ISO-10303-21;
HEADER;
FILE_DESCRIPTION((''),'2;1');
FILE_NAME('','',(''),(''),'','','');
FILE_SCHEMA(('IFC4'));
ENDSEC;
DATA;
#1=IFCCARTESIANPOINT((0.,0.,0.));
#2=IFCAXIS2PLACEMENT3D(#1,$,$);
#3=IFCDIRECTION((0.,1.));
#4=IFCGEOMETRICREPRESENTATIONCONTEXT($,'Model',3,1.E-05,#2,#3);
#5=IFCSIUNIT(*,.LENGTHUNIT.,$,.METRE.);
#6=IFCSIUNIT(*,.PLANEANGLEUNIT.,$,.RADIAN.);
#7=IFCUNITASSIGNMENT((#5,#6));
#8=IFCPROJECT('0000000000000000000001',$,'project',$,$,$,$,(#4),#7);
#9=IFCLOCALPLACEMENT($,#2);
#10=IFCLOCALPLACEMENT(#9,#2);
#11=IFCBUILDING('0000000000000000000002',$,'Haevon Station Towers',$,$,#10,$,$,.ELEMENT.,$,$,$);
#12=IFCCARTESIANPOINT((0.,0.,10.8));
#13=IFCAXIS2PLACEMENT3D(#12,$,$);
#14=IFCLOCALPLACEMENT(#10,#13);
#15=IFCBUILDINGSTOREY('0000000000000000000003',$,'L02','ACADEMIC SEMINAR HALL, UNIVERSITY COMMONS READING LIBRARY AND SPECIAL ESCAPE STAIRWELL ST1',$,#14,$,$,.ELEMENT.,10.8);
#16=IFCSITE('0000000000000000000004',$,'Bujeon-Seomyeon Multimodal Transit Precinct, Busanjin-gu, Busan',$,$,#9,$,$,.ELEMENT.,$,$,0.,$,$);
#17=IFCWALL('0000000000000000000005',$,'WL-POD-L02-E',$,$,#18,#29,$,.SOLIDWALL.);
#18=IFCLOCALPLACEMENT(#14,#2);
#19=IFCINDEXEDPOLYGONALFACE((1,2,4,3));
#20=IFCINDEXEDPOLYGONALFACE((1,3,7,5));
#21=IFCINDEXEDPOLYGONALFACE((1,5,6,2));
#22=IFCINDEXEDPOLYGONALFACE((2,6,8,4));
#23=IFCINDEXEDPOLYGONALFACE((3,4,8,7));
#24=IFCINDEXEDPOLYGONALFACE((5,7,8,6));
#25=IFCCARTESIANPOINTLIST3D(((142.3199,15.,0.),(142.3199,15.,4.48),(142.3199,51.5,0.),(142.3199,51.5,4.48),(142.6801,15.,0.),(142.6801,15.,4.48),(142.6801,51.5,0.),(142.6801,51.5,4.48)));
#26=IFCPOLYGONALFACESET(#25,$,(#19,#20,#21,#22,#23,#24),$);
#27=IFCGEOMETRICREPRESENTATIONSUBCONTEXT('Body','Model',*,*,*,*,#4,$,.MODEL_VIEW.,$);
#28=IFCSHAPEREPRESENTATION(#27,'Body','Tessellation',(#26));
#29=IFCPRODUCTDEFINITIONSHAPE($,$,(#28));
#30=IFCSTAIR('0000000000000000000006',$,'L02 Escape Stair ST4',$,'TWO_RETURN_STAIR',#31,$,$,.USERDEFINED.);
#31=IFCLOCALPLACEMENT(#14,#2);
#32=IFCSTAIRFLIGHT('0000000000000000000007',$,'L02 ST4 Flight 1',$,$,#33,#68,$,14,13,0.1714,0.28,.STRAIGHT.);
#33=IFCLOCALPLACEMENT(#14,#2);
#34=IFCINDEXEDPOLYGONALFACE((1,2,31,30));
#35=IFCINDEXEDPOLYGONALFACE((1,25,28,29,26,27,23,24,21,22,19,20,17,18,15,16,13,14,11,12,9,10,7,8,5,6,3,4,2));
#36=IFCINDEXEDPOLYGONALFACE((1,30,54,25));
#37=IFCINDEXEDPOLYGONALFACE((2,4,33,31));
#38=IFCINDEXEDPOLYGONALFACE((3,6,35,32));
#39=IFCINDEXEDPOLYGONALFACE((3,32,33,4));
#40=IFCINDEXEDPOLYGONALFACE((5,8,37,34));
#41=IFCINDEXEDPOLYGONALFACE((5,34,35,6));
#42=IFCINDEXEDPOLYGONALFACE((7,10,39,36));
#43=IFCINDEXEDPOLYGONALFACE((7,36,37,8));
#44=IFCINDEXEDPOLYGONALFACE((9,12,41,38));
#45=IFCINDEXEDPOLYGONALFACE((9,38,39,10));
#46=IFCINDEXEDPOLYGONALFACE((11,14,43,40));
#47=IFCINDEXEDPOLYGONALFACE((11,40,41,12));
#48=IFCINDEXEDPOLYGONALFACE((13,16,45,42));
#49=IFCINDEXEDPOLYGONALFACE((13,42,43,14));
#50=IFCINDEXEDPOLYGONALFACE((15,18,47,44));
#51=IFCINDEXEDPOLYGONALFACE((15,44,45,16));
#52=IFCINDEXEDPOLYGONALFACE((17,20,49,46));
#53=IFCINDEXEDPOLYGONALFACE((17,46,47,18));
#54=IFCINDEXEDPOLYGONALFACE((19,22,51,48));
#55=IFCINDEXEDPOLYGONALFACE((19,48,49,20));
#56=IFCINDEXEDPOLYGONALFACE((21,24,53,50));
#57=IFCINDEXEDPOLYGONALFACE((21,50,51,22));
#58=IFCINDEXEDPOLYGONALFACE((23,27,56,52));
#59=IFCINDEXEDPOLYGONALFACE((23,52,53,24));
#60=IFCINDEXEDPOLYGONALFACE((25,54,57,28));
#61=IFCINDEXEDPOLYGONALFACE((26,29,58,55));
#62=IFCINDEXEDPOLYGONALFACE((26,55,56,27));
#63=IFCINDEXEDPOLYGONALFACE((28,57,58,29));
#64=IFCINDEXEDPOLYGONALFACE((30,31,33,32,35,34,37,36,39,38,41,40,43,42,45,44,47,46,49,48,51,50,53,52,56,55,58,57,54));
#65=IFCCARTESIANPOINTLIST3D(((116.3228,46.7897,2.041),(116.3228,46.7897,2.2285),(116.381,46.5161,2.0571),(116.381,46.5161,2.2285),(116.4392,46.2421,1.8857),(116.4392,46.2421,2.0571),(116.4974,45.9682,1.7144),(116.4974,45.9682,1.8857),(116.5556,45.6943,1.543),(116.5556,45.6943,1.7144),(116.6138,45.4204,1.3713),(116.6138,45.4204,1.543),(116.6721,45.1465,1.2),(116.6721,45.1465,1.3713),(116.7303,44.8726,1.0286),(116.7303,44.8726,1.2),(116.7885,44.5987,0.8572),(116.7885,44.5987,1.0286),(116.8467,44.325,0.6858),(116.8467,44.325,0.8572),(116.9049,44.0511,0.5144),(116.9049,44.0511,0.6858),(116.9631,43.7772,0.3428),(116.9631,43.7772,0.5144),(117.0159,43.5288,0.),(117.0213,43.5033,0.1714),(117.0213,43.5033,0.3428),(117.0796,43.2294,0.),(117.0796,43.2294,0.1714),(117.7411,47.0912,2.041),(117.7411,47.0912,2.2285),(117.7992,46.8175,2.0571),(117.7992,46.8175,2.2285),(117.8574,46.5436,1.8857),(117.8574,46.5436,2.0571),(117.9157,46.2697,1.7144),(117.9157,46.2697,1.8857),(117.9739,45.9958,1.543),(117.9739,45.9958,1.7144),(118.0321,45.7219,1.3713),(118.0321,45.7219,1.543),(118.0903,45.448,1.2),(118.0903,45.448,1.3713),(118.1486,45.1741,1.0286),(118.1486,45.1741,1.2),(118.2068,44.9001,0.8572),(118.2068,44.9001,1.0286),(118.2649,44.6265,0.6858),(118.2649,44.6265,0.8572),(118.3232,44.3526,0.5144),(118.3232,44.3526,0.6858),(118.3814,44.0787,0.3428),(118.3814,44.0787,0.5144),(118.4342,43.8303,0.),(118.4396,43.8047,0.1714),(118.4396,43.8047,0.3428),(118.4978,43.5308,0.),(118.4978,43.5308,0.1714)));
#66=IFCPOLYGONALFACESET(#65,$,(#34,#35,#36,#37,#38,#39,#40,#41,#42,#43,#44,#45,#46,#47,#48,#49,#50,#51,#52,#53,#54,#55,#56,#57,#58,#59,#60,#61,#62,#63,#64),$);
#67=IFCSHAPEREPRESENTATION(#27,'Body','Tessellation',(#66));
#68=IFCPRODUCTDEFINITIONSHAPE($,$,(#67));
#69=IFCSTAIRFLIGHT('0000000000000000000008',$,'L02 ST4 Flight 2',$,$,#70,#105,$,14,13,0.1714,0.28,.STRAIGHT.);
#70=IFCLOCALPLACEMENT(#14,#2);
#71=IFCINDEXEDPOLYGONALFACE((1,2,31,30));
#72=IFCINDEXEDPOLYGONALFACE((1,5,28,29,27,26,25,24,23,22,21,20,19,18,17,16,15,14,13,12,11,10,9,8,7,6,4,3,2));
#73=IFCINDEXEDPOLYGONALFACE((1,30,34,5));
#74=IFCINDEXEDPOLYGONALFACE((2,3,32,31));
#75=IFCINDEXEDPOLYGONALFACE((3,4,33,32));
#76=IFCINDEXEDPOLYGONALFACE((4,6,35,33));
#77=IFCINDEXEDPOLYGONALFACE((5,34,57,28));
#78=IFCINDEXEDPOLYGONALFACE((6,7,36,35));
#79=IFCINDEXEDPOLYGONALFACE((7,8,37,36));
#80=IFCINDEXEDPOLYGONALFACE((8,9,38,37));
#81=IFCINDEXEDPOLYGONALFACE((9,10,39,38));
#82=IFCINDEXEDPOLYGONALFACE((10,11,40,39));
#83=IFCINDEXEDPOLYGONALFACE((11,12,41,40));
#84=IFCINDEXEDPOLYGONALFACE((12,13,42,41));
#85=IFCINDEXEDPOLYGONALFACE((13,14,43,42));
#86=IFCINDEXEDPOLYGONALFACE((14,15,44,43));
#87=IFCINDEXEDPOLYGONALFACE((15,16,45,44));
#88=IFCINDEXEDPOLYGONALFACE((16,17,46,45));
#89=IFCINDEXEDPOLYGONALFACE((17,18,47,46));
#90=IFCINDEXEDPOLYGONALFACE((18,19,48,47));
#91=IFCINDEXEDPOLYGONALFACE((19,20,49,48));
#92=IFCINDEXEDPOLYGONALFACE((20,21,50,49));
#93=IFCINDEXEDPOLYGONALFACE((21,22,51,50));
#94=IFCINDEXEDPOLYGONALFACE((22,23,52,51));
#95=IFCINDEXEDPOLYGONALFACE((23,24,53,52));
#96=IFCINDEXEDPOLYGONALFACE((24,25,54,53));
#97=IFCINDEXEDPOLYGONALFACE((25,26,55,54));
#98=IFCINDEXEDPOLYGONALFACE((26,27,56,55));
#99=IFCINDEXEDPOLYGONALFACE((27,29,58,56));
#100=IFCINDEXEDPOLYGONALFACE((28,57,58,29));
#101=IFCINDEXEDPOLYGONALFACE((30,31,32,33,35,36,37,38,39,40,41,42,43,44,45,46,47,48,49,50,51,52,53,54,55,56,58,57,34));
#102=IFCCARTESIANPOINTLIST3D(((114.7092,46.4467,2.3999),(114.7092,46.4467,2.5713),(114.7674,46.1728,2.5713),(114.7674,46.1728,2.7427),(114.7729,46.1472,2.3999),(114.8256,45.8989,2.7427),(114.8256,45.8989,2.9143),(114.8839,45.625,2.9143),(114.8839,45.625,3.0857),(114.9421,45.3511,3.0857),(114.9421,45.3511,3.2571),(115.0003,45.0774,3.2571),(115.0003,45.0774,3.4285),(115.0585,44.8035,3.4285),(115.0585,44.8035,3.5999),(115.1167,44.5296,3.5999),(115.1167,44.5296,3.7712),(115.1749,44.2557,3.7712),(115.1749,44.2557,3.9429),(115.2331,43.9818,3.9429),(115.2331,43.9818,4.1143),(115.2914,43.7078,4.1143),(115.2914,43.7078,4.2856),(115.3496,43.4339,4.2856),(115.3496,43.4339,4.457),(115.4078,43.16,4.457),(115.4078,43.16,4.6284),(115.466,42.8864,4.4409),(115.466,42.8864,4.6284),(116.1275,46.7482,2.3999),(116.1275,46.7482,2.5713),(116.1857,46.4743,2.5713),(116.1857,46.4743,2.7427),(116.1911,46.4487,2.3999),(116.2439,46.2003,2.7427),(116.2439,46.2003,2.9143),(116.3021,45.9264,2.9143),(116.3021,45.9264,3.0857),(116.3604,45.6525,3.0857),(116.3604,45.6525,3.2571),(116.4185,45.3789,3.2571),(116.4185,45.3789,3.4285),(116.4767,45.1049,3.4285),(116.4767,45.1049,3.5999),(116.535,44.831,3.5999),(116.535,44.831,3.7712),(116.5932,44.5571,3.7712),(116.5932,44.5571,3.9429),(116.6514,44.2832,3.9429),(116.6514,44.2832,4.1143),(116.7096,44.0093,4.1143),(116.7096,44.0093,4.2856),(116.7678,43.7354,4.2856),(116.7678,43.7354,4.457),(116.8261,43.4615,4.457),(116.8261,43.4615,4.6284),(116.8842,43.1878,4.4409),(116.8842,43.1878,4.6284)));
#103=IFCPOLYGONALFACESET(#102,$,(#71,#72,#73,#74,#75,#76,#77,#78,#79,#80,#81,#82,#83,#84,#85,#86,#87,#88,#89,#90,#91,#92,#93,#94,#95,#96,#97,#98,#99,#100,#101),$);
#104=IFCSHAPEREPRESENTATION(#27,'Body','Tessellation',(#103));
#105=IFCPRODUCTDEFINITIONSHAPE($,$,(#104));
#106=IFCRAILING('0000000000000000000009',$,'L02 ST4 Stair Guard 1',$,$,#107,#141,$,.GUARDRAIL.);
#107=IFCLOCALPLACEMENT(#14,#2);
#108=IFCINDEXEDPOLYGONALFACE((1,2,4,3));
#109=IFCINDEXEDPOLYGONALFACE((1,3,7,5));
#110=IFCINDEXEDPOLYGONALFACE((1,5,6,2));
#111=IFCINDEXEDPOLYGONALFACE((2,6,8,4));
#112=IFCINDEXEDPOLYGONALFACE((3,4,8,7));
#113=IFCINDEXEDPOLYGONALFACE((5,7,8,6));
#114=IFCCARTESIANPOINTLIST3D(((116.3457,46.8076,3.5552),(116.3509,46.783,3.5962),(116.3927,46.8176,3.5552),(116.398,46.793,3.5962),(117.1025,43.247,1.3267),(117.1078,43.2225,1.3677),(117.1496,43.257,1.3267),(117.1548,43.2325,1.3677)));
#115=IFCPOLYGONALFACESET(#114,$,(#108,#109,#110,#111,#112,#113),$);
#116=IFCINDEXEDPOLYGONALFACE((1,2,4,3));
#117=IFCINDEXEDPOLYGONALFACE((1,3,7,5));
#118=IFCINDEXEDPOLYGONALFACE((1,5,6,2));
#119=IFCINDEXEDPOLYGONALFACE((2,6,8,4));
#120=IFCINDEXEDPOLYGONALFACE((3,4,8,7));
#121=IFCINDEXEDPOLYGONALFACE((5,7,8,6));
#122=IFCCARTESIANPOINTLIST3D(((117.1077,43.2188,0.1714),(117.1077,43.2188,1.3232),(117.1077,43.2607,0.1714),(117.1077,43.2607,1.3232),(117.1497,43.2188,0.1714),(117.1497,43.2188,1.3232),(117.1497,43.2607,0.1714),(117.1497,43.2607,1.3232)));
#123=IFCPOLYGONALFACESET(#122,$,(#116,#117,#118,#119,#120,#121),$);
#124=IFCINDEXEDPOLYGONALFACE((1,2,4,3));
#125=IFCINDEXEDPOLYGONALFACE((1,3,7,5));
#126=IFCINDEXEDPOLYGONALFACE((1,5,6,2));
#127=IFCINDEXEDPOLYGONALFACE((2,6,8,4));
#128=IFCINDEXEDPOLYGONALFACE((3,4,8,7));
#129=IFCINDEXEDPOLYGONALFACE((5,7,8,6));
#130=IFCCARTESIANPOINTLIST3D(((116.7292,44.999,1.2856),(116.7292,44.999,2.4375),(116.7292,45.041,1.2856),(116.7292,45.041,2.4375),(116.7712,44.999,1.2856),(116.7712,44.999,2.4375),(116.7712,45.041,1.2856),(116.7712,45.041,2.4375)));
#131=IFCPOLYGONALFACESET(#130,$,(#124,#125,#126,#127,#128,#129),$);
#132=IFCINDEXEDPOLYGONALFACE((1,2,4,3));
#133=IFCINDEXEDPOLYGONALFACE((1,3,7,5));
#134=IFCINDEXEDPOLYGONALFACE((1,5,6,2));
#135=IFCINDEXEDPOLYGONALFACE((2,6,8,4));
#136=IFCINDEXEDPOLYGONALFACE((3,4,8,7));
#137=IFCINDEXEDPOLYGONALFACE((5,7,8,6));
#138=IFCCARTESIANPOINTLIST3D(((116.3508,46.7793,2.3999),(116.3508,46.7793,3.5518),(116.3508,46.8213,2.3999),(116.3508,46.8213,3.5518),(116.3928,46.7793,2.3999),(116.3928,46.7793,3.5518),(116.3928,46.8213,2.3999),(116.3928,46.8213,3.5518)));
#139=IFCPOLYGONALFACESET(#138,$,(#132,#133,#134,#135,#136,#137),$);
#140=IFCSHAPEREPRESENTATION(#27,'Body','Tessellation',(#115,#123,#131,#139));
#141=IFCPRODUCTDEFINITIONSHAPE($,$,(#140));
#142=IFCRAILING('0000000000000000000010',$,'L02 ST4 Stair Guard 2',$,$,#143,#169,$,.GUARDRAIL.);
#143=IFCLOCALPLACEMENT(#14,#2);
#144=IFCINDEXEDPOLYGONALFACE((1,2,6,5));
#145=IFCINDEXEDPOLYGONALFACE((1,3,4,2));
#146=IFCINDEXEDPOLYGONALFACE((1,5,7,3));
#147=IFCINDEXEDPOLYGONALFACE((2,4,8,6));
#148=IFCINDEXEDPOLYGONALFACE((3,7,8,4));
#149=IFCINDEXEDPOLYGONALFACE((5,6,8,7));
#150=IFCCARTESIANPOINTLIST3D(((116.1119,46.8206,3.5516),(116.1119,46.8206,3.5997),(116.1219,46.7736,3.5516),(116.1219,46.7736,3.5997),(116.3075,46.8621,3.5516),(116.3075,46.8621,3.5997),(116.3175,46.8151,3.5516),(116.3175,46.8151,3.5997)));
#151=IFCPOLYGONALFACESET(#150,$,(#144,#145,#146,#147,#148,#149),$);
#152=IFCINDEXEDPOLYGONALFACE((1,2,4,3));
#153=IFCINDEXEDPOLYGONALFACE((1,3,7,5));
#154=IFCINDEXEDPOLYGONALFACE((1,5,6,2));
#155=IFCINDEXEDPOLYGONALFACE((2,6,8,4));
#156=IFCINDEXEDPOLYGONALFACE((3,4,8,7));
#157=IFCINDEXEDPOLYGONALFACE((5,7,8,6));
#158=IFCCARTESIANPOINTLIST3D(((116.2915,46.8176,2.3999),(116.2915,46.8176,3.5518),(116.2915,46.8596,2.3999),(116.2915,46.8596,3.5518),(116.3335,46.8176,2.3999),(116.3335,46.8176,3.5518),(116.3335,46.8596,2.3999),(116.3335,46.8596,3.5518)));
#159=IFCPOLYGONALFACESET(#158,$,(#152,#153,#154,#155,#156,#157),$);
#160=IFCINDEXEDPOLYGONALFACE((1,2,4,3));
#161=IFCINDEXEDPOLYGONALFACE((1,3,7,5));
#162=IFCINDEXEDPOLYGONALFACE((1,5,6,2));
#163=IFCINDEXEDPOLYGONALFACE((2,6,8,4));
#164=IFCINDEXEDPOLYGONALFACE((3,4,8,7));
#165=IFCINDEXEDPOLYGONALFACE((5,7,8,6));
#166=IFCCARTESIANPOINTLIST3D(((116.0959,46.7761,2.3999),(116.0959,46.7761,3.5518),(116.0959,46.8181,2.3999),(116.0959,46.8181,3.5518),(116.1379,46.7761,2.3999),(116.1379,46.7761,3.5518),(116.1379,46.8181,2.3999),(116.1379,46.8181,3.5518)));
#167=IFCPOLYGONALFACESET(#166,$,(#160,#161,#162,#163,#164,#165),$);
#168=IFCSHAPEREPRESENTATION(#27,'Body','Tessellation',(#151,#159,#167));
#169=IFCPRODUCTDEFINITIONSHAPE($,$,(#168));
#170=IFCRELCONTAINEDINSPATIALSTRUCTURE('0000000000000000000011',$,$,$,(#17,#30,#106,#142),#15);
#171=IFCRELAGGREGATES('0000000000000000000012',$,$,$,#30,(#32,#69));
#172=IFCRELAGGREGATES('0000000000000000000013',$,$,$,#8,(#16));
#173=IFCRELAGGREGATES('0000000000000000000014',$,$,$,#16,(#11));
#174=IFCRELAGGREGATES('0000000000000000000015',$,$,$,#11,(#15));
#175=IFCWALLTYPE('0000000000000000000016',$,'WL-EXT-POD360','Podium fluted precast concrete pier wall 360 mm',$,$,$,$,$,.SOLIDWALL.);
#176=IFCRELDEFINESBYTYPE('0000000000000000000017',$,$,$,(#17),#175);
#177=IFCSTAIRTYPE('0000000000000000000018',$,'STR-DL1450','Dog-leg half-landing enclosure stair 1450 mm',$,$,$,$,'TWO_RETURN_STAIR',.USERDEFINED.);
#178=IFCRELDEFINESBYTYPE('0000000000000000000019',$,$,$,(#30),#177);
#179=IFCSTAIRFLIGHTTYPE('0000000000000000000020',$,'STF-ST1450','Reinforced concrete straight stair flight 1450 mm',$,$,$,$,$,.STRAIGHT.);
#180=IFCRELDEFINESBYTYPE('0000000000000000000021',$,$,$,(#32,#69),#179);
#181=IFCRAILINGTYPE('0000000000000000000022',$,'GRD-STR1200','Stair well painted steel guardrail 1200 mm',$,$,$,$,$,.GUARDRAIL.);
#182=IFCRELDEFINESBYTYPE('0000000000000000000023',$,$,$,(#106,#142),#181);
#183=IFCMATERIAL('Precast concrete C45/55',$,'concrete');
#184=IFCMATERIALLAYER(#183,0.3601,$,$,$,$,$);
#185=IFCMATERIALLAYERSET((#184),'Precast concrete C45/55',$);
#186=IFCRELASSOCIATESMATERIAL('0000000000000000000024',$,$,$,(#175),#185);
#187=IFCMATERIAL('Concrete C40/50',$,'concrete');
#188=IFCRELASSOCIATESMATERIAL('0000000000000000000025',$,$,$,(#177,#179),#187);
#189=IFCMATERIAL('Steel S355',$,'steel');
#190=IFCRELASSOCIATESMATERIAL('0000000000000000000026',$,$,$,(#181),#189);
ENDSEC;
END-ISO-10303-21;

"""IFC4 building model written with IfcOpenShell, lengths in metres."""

from ifc_helpers import new_model, si_unit, direction, frame, frame_2d, origin, origin_2d, place, context, subcontext, project, spatial, polyline, rectangle, outline, extrude, material, layer, layer_set, type_object, element, aggregate, save


model = new_model("IFC4")

# Units and contexts
model_context = context("Model", 3, precision=1e-05, world=origin(), true_north=direction((0.0, 1.0)))
body_context = subcontext(model_context, "Body", "Model", "MODEL_VIEW")
ifc_project = project(units=[si_unit("LENGTHUNIT", "METRE"), si_unit("PLANEANGLEUNIT", "RADIAN")], contexts=[model_context])

# Site, building, storey
site_placement = place(None, origin())
site = spatial("IfcSite", under=ifc_project, at=site_placement, Name="Bujeon-Seomyeon Multimodal Transit Precinct, Busanjin-gu, Busan", CompositionType="ELEMENT", RefElevation=0.0)
building_placement = place(site_placement, origin())
building = spatial("IfcBuilding", under=site, at=building_placement, Name="Haevon Station Towers", CompositionType="ELEMENT")
storey_placement = place(building_placement, frame((0.0, 0.0, 10.8)))
storey = spatial("IfcBuildingStorey", under=building, at=storey_placement, Name="L02", Description="ACADEMIC SEMINAR HALL, UNIVERSITY COMMONS READING LIBRARY AND SPECIAL ESCAPE STAIRWELL ST1", CompositionType="ELEMENT", Elevation=10.8)

# Shared definitions
ifc_material_1 = material(Name="Steel S355", Category="steel")

# Wall
ifc_material_2 = material(Name="Precast concrete C45/55", Category="concrete")
ifc_layer = layer(ifc_material_2, 0.3601)
ifc_layer_set = layer_set([ifc_layer], Name="Precast concrete C45/55")
wall_type = type_object("IfcWallType", Name="WL-EXT-POD360", Description="Podium fluted precast concrete pier wall 360 mm", PredefinedType="SOLIDWALL", material=ifc_layer_set)
wall_1_placement = place(storey_placement, frame((142.5, 51.5, 0.0), z_axis=(0.0, 0.0, 1.0), x_axis=(0.0, -1.0, 0.0)))
element("IfcWall", 1, at=wall_1_placement, inside=storey, type_object=wall_type, Name="WL-POD-L02-E", PredefinedType="SOLIDWALL", context=body_context, shape_type="SweptSolid", body=[
    extrude(rectangle(XDim=36.5, YDim=0.3601, at=frame_2d((18.25, 0.0))), origin(), (0.0, 0.0, 1.0), 4.48),
])

# Stair, stair flights
ifc_material_3 = material(Name="Concrete C40/50", Category="concrete")
stair_type = type_object("IfcStairType", Name="STR-DL1450", Description="Dog-leg half-landing enclosure stair 1450 mm", ElementType="TWO_RETURN_STAIR", PredefinedType="USERDEFINED", material=ifc_material_3)
stair_placement = place(storey_placement, origin())
stair = element("IfcStair", 2, at=stair_placement, inside=storey, type_object=stair_type, Name="L02 Escape Stair ST4", ObjectType="TWO_RETURN_STAIR", PredefinedType="USERDEFINED")
stair_flight_type = type_object("IfcStairFlightType", Name="STF-ST1450", Description="Reinforced concrete straight stair flight 1450 mm", PredefinedType="STRAIGHT", material=ifc_material_3)
stair_flight_1_placement = place(storey_placement, frame((117.7888, 43.3801, 0.0), z_axis=(0.0, 0.0, 1.0), x_axis=(-0.207912, 0.978148, 0.0)))
stair_flight_1 = element("IfcStairFlight", 3, at=stair_flight_1_placement, type_object=stair_flight_type, Name="L02 ST4 Flight 1", NumberOfRisers=14, NumberOfTreads=13, PredefinedType="STRAIGHT", RiserHeight=0.1714, TreadLength=0.28, context=body_context, shape_type="SweptSolid", body=[
    extrude(outline(polyline([(0.0, 0.0), (0.0, 0.1714), (0.28, 0.1714), (0.28, 0.3428), (0.5601, 0.3428), (0.5601, 0.5144), (0.8401, 0.5144), (0.8401, 0.6858), (1.1201, 0.6858), (1.1201, 0.8572), (1.3999, 0.8572), (1.3999, 1.0286), (1.6799, 1.0286), (1.6799, 1.2), (1.96, 1.2), (1.96, 1.3713), (2.24, 1.3713), (2.24, 1.543), (2.52, 1.543), (2.52, 1.7144), (2.8, 1.7144), (2.8, 1.8857), (3.0801, 1.8857), (3.0801, 2.0571), (3.3601, 2.0571), (3.3601, 2.2285), (3.6399, 2.2285), (3.6399, 2.3999), (3.6399, 2.041), (0.3062, 0.0), (0.0, 0.0)])), frame((0.0, 0.7251, 0.0), z_axis=(0.0, -1.0, 0.0), x_axis=(1.0, 0.0, 0.0)), (0.0, 0.0, 1.0), 1.45),
])
stair_flight_2_placement = place(storey_placement, frame((115.4182, 46.5974, 2.3999), z_axis=(0.0, 0.0, 1.0), x_axis=(0.207912, -0.978148, 0.0)))
stair_flight_2 = element("IfcStairFlight", 4, at=stair_flight_2_placement, type_object=stair_flight_type, Name="L02 ST4 Flight 2", NumberOfRisers=14, NumberOfTreads=13, PredefinedType="STRAIGHT", RiserHeight=0.1714, TreadLength=0.28, context=body_context, shape_type="SweptSolid", body=[
    extrude(outline(polyline([(0.0, 0.0), (0.0, 0.1714), (0.28, 0.1714), (0.28, 0.3428), (0.5601, 0.3428), (0.5601, 0.5144), (0.8401, 0.5144), (0.8401, 0.6858), (1.1201, 0.6858), (1.1201, 0.8572), (1.3999, 0.8572), (1.3999, 1.0286), (1.6799, 1.0286), (1.6799, 1.2), (1.96, 1.2), (1.96, 1.3713), (2.24, 1.3713), (2.24, 1.543), (2.52, 1.543), (2.52, 1.7144), (2.8, 1.7144), (2.8, 1.8857), (3.0801, 1.8857), (3.0801, 2.0571), (3.3601, 2.0571), (3.3601, 2.2285), (3.6399, 2.2285), (3.6399, 2.3999), (3.6399, 2.041), (0.3062, 0.0), (0.0, 0.0)])), frame((0.0, 0.7251, 0.0), z_axis=(0.0, -1.0, 0.0), x_axis=(1.0, 0.0, 0.0)), (0.0, 0.0, 1.0), 1.45),
])
aggregate(stair, [stair_flight_1, stair_flight_2])

# Railings
railing_type_1 = type_object("IfcRailingType", Name="GRD-STR1200", Description="Stair well painted steel guardrail 1200 mm", PredefinedType="GUARDRAIL", material=ifc_material_1)
railing_1_placement = place(storey_placement, frame((117.1287, 43.2397, 0.1714)))
element("IfcRailing", 5, at=railing_1_placement, inside=storey, type_object=railing_type_1, Name="L02 ST4 Stair Guard 1", PredefinedType="GUARDRAIL", context=body_context, shape_type="SweptSolid", body=[
    extrude(rectangle(XDim=0.0481, YDim=0.0481, at=origin_2d()), frame((0.0, 0.0, 1.1758), z_axis=(-0.177324, 0.834225, 0.522134), x_axis=(-0.978147, -0.207917, 0.0)), (0.0, 0.0, 1.0), 4.2681),
    extrude(rectangle(XDim=0.042, YDim=0.042, at=origin_2d()), origin(), (0.0, 0.0, 1.0), 1.1519),
    extrude(rectangle(XDim=0.042, YDim=0.042, at=origin_2d()), frame((-0.3784, 1.7803, 1.1143)), (0.0, 0.0, 1.0), 1.1519),
    extrude(rectangle(XDim=0.042, YDim=0.042, at=origin_2d()), frame((-0.7568, 3.5605, 2.2285)), (0.0, 0.0, 1.0), 1.1519),
])
railing_2_placement = place(storey_placement, frame((116.3125, 46.8386, 2.3999)))
element("IfcRailing", 6, at=railing_2_placement, inside=storey, type_object=railing_type_1, Name="L02 ST4 Stair Guard 2", PredefinedType="GUARDRAIL", context=body_context, shape_type="SweptSolid", body=[
    extrude(rectangle(XDim=0.0481, YDim=0.0481, at=origin_2d()), frame((0.0, 0.0, 1.1758), z_axis=(-0.978212, -0.20761, 0.0), x_axis=(0.20761, -0.978212, 0.0)), (0.0, 0.0, 1.0), 0.2),
    extrude(rectangle(XDim=0.042, YDim=0.042, at=origin_2d()), origin(), (0.0, 0.0, 1.0), 1.1519),
    extrude(rectangle(XDim=0.042, YDim=0.042, at=origin_2d()), frame((-0.1956, -0.0415, 0.0)), (0.0, 0.0, 1.0), 1.1519),
])

save(model, "model.ifc")
